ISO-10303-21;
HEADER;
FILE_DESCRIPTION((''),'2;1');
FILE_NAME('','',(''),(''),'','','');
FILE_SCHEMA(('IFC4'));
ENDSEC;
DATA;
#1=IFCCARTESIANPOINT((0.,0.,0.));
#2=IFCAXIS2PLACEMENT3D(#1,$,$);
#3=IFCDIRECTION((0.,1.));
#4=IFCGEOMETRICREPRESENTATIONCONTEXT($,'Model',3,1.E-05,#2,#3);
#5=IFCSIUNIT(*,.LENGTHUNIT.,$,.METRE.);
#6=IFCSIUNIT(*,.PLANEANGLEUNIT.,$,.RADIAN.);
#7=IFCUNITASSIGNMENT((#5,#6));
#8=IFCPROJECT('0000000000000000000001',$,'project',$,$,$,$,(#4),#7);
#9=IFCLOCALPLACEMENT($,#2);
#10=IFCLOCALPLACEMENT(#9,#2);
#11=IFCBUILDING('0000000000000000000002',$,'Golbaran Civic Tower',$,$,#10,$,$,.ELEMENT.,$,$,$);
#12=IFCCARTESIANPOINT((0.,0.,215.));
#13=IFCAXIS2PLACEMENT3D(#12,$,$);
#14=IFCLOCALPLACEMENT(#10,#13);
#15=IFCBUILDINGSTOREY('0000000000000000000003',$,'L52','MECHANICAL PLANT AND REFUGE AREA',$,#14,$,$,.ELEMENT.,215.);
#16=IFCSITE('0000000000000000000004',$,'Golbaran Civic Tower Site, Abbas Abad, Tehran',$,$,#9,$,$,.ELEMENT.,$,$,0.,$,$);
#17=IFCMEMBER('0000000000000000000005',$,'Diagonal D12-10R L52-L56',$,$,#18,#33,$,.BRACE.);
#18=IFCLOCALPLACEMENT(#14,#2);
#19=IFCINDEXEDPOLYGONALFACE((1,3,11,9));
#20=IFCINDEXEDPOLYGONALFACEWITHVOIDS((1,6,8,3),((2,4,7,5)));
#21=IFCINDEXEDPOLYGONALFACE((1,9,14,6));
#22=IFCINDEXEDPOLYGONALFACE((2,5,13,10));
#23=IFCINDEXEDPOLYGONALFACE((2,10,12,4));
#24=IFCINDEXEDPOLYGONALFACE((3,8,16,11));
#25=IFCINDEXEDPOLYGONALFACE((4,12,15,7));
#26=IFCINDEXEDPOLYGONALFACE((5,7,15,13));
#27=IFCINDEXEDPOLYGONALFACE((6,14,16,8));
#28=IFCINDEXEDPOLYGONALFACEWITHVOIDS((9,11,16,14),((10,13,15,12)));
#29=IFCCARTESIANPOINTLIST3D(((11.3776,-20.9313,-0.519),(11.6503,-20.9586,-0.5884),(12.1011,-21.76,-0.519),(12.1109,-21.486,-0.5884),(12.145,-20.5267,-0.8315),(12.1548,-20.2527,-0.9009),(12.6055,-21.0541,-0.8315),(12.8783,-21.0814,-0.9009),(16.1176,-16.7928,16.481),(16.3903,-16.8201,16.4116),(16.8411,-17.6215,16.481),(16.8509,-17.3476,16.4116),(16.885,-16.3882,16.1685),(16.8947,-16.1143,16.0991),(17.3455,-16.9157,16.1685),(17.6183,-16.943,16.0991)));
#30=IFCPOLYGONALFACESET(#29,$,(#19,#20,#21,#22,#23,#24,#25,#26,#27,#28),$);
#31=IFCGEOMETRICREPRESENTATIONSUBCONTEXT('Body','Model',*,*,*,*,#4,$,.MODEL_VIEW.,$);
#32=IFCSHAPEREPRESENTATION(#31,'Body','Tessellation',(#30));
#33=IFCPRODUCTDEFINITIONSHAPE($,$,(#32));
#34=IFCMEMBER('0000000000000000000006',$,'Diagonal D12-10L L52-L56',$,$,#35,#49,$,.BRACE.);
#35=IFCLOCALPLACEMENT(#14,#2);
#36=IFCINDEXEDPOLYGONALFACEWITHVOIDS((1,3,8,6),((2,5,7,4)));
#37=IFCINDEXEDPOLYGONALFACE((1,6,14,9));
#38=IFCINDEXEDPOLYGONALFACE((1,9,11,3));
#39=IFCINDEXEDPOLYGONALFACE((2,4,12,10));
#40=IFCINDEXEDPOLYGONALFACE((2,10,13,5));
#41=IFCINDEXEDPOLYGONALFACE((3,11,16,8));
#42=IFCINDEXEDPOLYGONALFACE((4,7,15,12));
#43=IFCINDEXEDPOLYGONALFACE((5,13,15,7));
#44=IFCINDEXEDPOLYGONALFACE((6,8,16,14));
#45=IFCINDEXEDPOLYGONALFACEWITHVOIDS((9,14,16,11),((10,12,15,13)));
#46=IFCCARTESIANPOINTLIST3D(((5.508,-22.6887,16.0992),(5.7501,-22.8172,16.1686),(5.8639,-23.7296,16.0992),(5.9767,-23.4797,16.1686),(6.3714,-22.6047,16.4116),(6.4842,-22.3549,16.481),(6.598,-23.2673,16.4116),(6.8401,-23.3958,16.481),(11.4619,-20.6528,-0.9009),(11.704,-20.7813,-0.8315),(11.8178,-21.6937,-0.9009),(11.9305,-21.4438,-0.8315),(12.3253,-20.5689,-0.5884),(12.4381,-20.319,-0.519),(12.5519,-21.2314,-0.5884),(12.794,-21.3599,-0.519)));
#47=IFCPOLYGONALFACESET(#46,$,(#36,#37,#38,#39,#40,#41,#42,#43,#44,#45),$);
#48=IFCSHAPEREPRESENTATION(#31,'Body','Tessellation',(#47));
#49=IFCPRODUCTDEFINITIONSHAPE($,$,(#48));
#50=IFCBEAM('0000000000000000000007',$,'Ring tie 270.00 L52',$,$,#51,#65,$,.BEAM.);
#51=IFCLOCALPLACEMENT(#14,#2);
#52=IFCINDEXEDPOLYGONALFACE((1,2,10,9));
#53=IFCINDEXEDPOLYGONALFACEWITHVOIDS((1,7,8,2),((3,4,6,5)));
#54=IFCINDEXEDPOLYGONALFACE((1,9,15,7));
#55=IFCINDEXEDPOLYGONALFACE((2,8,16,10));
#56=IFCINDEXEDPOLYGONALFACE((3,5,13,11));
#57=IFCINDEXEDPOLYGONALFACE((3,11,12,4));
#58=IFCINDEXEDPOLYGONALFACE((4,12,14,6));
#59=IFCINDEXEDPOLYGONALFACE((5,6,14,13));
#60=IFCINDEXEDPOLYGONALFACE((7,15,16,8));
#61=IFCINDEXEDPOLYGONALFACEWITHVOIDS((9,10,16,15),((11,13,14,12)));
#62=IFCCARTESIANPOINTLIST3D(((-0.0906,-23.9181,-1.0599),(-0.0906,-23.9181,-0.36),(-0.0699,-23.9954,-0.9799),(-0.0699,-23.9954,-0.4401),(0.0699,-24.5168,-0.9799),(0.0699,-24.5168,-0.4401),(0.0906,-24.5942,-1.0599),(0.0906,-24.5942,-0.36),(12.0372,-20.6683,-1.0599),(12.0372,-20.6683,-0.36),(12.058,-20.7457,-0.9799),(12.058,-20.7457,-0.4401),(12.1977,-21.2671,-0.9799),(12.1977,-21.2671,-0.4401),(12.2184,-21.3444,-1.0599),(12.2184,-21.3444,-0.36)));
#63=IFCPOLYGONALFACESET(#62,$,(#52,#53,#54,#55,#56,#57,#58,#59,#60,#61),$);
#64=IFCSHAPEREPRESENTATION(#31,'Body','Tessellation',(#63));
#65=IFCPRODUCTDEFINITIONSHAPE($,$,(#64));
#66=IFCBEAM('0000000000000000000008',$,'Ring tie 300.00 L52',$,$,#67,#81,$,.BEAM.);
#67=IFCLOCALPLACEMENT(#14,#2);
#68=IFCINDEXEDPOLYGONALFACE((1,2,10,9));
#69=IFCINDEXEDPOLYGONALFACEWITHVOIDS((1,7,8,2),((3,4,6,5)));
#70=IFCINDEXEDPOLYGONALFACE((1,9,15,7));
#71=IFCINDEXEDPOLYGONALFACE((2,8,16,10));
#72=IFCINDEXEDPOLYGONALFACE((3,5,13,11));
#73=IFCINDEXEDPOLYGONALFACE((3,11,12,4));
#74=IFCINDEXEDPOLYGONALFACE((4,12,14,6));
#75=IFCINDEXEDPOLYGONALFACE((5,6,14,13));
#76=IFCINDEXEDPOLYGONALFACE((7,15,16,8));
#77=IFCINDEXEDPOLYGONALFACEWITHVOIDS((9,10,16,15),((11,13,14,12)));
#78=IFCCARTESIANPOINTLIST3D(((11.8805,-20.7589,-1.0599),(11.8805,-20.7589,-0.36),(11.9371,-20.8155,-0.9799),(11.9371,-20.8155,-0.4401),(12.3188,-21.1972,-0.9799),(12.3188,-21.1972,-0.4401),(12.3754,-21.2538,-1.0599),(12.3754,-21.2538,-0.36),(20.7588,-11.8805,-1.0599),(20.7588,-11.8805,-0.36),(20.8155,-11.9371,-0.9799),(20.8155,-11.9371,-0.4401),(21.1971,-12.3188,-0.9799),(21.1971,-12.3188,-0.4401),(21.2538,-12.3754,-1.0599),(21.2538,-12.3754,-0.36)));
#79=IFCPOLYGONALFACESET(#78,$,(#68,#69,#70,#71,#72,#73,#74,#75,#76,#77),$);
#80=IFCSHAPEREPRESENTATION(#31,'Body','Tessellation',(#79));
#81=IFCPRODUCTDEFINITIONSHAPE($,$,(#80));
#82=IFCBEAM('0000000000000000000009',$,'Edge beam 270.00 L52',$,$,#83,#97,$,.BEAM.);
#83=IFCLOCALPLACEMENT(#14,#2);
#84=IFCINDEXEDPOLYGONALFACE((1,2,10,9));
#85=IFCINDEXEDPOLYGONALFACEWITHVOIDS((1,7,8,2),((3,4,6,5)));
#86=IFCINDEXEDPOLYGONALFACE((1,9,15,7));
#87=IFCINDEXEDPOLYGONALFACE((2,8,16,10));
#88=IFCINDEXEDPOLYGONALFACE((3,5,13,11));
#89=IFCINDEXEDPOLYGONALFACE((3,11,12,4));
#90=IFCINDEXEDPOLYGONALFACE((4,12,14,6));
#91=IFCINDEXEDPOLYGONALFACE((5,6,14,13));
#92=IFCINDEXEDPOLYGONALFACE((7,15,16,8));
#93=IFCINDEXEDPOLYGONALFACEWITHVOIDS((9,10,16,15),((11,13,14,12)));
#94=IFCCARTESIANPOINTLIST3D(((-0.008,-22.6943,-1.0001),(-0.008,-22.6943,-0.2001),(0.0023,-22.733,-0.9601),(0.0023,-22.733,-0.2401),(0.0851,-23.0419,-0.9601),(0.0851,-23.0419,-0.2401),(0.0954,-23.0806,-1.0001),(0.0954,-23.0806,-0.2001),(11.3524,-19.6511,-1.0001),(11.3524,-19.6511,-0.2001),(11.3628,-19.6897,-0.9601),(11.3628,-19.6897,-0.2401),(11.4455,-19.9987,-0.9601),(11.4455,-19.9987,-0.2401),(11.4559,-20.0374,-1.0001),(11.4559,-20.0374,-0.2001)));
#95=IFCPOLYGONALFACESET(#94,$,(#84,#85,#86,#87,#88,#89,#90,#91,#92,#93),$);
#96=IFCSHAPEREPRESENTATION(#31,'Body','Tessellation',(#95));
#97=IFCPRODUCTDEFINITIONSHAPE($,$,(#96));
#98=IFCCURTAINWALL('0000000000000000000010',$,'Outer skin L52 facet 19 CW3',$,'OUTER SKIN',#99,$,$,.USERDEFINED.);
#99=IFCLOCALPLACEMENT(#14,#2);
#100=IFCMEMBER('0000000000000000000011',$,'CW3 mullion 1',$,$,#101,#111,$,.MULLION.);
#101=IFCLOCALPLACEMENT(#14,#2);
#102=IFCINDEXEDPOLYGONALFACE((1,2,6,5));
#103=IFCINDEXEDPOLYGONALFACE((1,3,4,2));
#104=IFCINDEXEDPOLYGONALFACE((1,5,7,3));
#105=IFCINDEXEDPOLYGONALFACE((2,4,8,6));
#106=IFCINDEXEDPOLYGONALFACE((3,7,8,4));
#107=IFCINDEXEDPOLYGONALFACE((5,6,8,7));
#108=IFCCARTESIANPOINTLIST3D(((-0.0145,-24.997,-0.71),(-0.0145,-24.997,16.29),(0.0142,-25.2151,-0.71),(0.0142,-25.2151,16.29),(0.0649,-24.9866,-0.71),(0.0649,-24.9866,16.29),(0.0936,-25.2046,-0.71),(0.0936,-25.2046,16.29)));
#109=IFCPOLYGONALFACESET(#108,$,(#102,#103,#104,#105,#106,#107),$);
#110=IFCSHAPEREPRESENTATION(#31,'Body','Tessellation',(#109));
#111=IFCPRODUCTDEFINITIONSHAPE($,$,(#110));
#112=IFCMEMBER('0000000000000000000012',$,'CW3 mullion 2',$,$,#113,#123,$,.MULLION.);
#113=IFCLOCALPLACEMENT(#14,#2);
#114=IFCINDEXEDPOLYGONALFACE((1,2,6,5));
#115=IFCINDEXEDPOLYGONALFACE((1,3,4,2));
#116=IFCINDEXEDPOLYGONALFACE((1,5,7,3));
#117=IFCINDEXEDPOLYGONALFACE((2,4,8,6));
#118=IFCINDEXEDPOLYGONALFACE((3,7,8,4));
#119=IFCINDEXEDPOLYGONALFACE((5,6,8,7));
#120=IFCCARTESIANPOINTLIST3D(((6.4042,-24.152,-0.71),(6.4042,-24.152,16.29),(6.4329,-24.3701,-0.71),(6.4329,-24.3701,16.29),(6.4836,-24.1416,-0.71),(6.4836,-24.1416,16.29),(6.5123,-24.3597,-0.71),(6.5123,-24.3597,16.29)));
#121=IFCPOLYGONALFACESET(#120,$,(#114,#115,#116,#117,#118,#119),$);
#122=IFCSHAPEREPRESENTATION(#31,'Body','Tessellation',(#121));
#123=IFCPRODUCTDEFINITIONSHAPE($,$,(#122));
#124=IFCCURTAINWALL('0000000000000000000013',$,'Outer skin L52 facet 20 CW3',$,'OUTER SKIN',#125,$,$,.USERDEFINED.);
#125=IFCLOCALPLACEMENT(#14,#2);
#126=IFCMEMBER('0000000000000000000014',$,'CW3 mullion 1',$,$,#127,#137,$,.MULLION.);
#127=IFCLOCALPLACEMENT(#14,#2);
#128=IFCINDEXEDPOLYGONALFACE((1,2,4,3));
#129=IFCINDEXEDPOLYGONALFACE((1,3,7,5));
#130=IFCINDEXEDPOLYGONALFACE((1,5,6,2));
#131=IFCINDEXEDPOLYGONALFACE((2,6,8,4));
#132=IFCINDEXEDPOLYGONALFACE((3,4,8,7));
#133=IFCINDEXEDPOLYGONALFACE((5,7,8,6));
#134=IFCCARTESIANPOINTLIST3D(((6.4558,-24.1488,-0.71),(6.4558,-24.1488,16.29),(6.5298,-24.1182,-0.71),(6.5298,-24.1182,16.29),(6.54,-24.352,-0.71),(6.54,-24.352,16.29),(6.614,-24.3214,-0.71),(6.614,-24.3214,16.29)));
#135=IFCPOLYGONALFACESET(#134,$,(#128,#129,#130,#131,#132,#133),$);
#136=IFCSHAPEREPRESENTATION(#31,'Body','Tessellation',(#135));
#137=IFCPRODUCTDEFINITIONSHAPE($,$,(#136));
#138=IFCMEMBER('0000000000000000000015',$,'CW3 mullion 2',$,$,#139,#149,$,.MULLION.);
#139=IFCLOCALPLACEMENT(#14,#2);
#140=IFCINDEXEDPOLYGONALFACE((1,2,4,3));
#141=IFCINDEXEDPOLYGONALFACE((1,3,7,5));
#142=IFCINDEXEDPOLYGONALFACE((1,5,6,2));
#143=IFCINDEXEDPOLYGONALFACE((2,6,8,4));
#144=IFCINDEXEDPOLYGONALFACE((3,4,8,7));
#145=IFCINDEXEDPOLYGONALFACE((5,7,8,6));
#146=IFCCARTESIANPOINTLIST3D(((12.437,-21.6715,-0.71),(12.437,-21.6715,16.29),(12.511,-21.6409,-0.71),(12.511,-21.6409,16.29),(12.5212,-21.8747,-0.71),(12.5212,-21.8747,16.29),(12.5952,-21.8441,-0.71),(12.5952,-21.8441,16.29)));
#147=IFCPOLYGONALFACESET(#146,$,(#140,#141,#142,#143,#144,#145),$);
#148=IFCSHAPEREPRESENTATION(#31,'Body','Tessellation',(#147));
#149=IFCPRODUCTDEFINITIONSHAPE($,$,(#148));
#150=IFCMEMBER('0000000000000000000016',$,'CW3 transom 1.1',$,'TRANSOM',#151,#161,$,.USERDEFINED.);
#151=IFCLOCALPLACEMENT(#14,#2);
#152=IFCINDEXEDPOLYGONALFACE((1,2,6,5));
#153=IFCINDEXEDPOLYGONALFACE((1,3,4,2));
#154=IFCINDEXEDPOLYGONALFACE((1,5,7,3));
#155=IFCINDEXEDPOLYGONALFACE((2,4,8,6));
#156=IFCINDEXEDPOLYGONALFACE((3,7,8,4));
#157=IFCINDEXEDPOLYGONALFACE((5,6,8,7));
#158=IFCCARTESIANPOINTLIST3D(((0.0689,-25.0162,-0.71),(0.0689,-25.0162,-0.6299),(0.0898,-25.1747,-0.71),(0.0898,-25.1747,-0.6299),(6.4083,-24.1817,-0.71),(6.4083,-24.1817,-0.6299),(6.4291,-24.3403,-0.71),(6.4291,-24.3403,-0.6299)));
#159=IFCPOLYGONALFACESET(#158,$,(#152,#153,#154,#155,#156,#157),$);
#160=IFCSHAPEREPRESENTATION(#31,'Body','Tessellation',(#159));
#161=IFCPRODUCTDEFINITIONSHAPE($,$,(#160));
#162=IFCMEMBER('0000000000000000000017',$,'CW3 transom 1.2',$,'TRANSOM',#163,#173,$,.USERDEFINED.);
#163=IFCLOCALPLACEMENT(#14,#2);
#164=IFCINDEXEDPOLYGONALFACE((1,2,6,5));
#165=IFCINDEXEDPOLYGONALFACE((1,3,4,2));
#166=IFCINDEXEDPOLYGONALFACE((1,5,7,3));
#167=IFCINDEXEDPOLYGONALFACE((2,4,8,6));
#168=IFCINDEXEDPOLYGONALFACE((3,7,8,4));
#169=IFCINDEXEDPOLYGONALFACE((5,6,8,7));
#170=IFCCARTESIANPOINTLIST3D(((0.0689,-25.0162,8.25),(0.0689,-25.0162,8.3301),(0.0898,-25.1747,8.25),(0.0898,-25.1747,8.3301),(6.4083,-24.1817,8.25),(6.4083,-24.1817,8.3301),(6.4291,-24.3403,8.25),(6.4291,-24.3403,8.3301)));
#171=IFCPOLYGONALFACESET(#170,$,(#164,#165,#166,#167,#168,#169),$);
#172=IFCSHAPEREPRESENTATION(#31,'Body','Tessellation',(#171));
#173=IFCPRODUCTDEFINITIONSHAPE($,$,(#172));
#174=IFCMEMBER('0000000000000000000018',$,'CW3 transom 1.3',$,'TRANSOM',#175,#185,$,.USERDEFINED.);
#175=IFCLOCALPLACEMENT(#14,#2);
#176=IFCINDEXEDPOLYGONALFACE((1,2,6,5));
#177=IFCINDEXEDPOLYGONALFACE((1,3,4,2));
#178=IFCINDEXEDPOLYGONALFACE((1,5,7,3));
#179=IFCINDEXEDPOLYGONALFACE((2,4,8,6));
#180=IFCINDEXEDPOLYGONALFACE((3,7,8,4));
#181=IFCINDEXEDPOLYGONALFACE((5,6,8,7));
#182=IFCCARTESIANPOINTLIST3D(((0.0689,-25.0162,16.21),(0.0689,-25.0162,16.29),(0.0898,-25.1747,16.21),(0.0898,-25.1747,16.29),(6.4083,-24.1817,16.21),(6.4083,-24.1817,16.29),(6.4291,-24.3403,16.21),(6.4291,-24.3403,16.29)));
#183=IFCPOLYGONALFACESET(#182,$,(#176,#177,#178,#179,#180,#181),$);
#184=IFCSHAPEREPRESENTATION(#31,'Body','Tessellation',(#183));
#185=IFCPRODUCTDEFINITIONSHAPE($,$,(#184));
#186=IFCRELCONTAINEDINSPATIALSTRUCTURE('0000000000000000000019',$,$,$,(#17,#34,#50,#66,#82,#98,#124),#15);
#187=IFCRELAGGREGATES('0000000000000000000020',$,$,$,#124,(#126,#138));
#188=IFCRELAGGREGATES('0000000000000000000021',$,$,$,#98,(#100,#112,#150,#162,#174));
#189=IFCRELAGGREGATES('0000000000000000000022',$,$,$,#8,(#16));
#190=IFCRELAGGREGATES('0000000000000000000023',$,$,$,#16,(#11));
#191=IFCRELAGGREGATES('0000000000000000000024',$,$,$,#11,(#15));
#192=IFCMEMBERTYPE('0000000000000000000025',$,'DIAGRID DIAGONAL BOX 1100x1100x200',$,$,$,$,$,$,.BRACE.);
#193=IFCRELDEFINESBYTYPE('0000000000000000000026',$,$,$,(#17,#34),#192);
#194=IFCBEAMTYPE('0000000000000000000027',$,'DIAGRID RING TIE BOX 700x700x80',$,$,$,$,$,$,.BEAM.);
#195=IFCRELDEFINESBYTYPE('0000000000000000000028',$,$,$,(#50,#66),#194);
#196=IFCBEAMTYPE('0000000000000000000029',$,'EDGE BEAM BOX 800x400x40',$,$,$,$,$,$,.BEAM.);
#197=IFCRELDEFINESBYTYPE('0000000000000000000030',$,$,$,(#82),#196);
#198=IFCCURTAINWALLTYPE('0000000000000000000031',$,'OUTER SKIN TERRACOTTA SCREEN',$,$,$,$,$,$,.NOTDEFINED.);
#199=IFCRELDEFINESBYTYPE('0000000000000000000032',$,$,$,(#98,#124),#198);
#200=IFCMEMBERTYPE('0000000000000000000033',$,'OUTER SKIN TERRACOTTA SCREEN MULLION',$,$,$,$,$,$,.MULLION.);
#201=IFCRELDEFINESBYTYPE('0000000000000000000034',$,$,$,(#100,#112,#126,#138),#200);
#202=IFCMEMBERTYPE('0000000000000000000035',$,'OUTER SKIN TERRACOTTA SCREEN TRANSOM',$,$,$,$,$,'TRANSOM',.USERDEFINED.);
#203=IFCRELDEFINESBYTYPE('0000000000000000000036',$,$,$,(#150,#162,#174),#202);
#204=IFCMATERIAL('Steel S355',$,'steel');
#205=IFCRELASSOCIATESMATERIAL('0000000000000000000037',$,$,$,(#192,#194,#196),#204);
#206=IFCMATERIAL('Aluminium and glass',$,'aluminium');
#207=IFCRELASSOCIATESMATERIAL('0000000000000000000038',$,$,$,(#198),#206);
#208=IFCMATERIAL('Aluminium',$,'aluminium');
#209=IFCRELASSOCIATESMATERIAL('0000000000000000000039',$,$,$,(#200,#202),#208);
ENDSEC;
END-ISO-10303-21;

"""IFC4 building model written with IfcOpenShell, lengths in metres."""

from ifc_helpers import new_model, si_unit, direction, frame, origin, origin_2d, place, context, subcontext, project, spatial, rectangle, hollow_rectangle, extrude, material, material_profile, profile_set, type_object, element, aggregate, save


model = new_model("IFC4")

# Units and contexts
model_context = context("Model", 3, precision=1e-05, world=origin(), true_north=direction((0.0, 1.0)))
body_context = subcontext(model_context, "Body", "Model", "MODEL_VIEW")
ifc_project = project(units=[si_unit("LENGTHUNIT", "METRE"), si_unit("PLANEANGLEUNIT", "RADIAN")], contexts=[model_context])

# Site, building, storey
site_placement = place(None, origin())
site = spatial("IfcSite", under=ifc_project, at=site_placement, Name="Golbaran Civic Tower Site, Abbas Abad, Tehran", CompositionType="ELEMENT", RefElevation=0.0)
building_placement = place(site_placement, origin())
building = spatial("IfcBuilding", under=site, at=building_placement, Name="Golbaran Civic Tower", CompositionType="ELEMENT")
storey_placement = place(building_placement, frame((0.0, 0.0, 215.0)))
storey = spatial("IfcBuildingStorey", under=building, at=storey_placement, Name="L52", Description="MECHANICAL PLANT AND REFUGE AREA", CompositionType="ELEMENT", Elevation=215.0)

# Members
ifc_material_1 = material(Name="Steel S355", Category="steel")
ifc_material_profile_1 = material_profile(ifc_material_1, hollow_rectangle(XDim=1.1001, YDim=1.1001, WallThickness=0.2, at=origin_2d()), Name="BOX 1100x1100x200")
ifc_profile_set_1 = profile_set([ifc_material_profile_1], Name="Steel S355")
member_type_1 = type_object("IfcMemberType", Name="DIAGRID DIAGONAL BOX 1100x1100x200", PredefinedType="BRACE", material=ifc_profile_set_1)
for number, where, z_axis, x_axis, name in (
    (1, (12.1279, -21.0063, -0.71), (0.261485, 0.2283, 0.937819), (-0.657688, 0.75329, 0.0), "Diagonal D12-10R L52-L56"),
    (2, (12.1279, -21.0063, -0.71), (-0.32845, -0.112312, 0.93782), (0.323551, -0.946211, 0.0), "Diagonal D12-10L L52-L56"),
):
    element("IfcMember", number, at=place(storey_placement, frame(where, z_axis=z_axis, x_axis=x_axis)), inside=storey, type_object=member_type_1, Name=name, PredefinedType="BRACE", context=body_context, shape_type="SweptSolid", body=[
        extrude(hollow_rectangle(XDim=1.1001, YDim=1.1001, WallThickness=0.2, at=origin_2d()), origin(), (0.0, 0.0, 1.0), 18.1272),
    ])

# Beams
ifc_material_profile_2 = material_profile(ifc_material_1, hollow_rectangle(XDim=0.7, YDim=0.7, WallThickness=0.0801, at=origin_2d()), Name="BOX 700x700x80")
ifc_profile_set_2 = profile_set([ifc_material_profile_2], Name="Steel S355")
beam_type_1 = type_object("IfcBeamType", Name="DIAGRID RING TIE BOX 700x700x80", PredefinedType="BEAM", material=ifc_profile_set_2)
beam_1_placement = place(storey_placement, frame((0.0, -24.2561, -0.71), z_axis=(0.965924, 0.258826, 0.0), x_axis=(-0.258826, 0.965924, 0.0)))
element("IfcBeam", 3, at=beam_1_placement, inside=storey, type_object=beam_type_1, Name="Ring tie 270.00 L52", PredefinedType="BEAM", context=body_context, shape_type="SweptSolid", body=[
    extrude(hollow_rectangle(XDim=0.7, YDim=0.7, WallThickness=0.0801, at=origin_2d()), origin(), (0.0, 0.0, 1.0), 12.5557),
])
beam_2_placement = place(storey_placement, frame((12.1279, -21.0063, -0.71), z_axis=(0.707107, 0.707107, 0.0), x_axis=(-0.707107, 0.707107, 0.0)))
element("IfcBeam", 4, at=beam_2_placement, inside=storey, type_object=beam_type_1, Name="Ring tie 300.00 L52", PredefinedType="BEAM", context=body_context, shape_type="SweptSolid", body=[
    extrude(hollow_rectangle(XDim=0.7, YDim=0.7, WallThickness=0.0801, at=origin_2d()), origin(), (0.0, 0.0, 1.0), 12.5559),
])
ifc_material_profile_3 = material_profile(ifc_material_1, hollow_rectangle(XDim=0.3999, YDim=0.8, WallThickness=0.04, at=origin_2d()), Name="BOX 800x400x40")
ifc_profile_set_3 = profile_set([ifc_material_profile_3], Name="Steel S355")
beam_type_2 = type_object("IfcBeamType", Name="EDGE BEAM BOX 800x400x40", PredefinedType="BEAM", material=ifc_profile_set_3)
beam_3_placement = place(storey_placement, frame((0.0437, -22.8875, -0.6001), z_axis=(0.965942, 0.258757, 0.0), x_axis=(-0.258757, 0.965942, 0.0)))
element("IfcBeam", 5, at=beam_3_placement, inside=storey, type_object=beam_type_2, Name="Edge beam 270.00 L52", PredefinedType="BEAM", context=body_context, shape_type="SweptSolid", body=[
    extrude(hollow_rectangle(XDim=0.3999, YDim=0.8, WallThickness=0.04, at=origin_2d()), origin(), (0.0, 0.0, 1.0), 11.761),
])

# Curtain walls, members
ifc_material_2 = material(Name="Aluminium and glass", Category="aluminium")
curtain_wall_type_1 = type_object("IfcCurtainWallType", Name="OUTER SKIN TERRACOTTA SCREEN", PredefinedType="NOTDEFINED", material=ifc_material_2)
curtain_wall_1_placement = place(storey_placement, origin())
curtain_wall_1 = element("IfcCurtainWall", 6, at=curtain_wall_1_placement, inside=storey, type_object=curtain_wall_type_1, Name="Outer skin L52 facet 19 CW3", ObjectType="OUTER SKIN", PredefinedType="USERDEFINED")
ifc_material_3 = material(Name="Aluminium", Category="aluminium")
ifc_material_profile_4 = material_profile(ifc_material_3, rectangle(XDim=0.22, YDim=0.0801, at=origin_2d()), Name="OUTER SKIN TERRACOTTA SCREEN MULLION")
ifc_profile_set_4 = profile_set([ifc_material_profile_4], Name="Aluminium")
member_type_2 = type_object("IfcMemberType", Name="OUTER SKIN TERRACOTTA SCREEN MULLION", PredefinedType="MULLION", material=ifc_profile_set_4)
member_1_placement = place(storey_placement, frame((0.0396, -25.1008, -0.71), z_axis=(0.0, 0.0, 1.0), x_axis=(-0.130526, 0.991445, 0.0)))
member_1 = element("IfcMember", 7, at=member_1_placement, type_object=member_type_2, Name="CW3 mullion 1", PredefinedType="MULLION", context=body_context, shape_type="SweptSolid", body=[
    extrude(rectangle(XDim=0.22, YDim=0.0801, at=origin_2d()), origin(), (0.0, 0.0, 1.0), 17.0),
])
member_2_placement = place(storey_placement, frame((6.4583, -24.2559, -0.71), z_axis=(0.0, 0.0, 1.0), x_axis=(-0.130526, 0.991445, 0.0)))
member_2 = element("IfcMember", 8, at=member_2_placement, type_object=member_type_2, Name="CW3 mullion 2", PredefinedType="MULLION", context=body_context, shape_type="SweptSolid", body=[
    extrude(rectangle(XDim=0.22, YDim=0.0801, at=origin_2d()), origin(), (0.0, 0.0, 1.0), 17.0),
])
curtain_wall_2_placement = place(storey_placement, origin())
curtain_wall_2 = element("IfcCurtainWall", 9, at=curtain_wall_2_placement, inside=storey, type_object=curtain_wall_type_1, Name="Outer skin L52 facet 20 CW3", ObjectType="OUTER SKIN", PredefinedType="USERDEFINED")
member_3_placement = place(storey_placement, frame((6.5349, -24.2351, -0.71), z_axis=(0.0, 0.0, 1.0), x_axis=(-0.382683, 0.92388, 0.0)))
member_3 = element("IfcMember", 10, at=member_3_placement, type_object=member_type_2, Name="CW3 mullion 1", PredefinedType="MULLION", context=body_context, shape_type="SweptSolid", body=[
    extrude(rectangle(XDim=0.22, YDim=0.0801, at=origin_2d()), origin(), (0.0, 0.0, 1.0), 17.0),
])
member_4_placement = place(storey_placement, frame((12.5161, -21.7578, -0.71), z_axis=(0.0, 0.0, 1.0), x_axis=(-0.382683, 0.92388, 0.0)))
member_4 = element("IfcMember", 11, at=member_4_placement, type_object=member_type_2, Name="CW3 mullion 2", PredefinedType="MULLION", context=body_context, shape_type="SweptSolid", body=[
    extrude(rectangle(XDim=0.22, YDim=0.0801, at=origin_2d()), origin(), (0.0, 0.0, 1.0), 17.0),
])

# Members
ifc_material_profile_5 = material_profile(ifc_material_3, rectangle(XDim=0.1599, YDim=0.0801, at=origin_2d()), Name="OUTER SKIN TERRACOTTA SCREEN TRANSOM")
ifc_profile_set_5 = profile_set([ifc_material_profile_5], Name="Aluminium")
member_type_3 = type_object("IfcMemberType", Name="OUTER SKIN TERRACOTTA SCREEN TRANSOM", ElementType="TRANSOM", PredefinedType="USERDEFINED", material=ifc_profile_set_5)
member_5_placement = place(storey_placement, frame((0.0793, -25.0955, -0.6699), z_axis=(0.991447, 0.130508, 0.0), x_axis=(-0.130508, 0.991447, 0.0)))
member_5 = element("IfcMember", 12, at=member_5_placement, type_object=member_type_3, Name="CW3 transom 1.1", ObjectType="TRANSOM", PredefinedType="USERDEFINED", context=body_context, shape_type="SweptSolid", body=[
    extrude(rectangle(XDim=0.1599, YDim=0.0801, at=origin_2d()), origin(), (0.0, 0.0, 1.0), 6.394),
])
member_6_placement = place(storey_placement, frame((0.0793, -25.0955, 8.29), z_axis=(0.991447, 0.130508, 0.0), x_axis=(-0.130508, 0.991447, 0.0)))
member_6 = element("IfcMember", 13, at=member_6_placement, type_object=member_type_3, Name="CW3 transom 1.2", ObjectType="TRANSOM", PredefinedType="USERDEFINED", context=body_context, shape_type="SweptSolid", body=[
    extrude(rectangle(XDim=0.1599, YDim=0.0801, at=origin_2d()), origin(), (0.0, 0.0, 1.0), 6.394),
])
member_7_placement = place(storey_placement, frame((0.0793, -25.0955, 16.25), z_axis=(0.991447, 0.130508, 0.0), x_axis=(-0.130508, 0.991447, 0.0)))
member_7 = element("IfcMember", 14, at=member_7_placement, type_object=member_type_3, Name="CW3 transom 1.3", ObjectType="TRANSOM", PredefinedType="USERDEFINED", context=body_context, shape_type="SweptSolid", body=[
    extrude(rectangle(XDim=0.1599, YDim=0.0801, at=origin_2d()), origin(), (0.0, 0.0, 1.0), 6.394),
])

aggregate(curtain_wall_2, [member_3, member_4])
aggregate(curtain_wall_1, [member_1, member_2, member_5, member_6, member_7])

save(model, "model.ifc")
